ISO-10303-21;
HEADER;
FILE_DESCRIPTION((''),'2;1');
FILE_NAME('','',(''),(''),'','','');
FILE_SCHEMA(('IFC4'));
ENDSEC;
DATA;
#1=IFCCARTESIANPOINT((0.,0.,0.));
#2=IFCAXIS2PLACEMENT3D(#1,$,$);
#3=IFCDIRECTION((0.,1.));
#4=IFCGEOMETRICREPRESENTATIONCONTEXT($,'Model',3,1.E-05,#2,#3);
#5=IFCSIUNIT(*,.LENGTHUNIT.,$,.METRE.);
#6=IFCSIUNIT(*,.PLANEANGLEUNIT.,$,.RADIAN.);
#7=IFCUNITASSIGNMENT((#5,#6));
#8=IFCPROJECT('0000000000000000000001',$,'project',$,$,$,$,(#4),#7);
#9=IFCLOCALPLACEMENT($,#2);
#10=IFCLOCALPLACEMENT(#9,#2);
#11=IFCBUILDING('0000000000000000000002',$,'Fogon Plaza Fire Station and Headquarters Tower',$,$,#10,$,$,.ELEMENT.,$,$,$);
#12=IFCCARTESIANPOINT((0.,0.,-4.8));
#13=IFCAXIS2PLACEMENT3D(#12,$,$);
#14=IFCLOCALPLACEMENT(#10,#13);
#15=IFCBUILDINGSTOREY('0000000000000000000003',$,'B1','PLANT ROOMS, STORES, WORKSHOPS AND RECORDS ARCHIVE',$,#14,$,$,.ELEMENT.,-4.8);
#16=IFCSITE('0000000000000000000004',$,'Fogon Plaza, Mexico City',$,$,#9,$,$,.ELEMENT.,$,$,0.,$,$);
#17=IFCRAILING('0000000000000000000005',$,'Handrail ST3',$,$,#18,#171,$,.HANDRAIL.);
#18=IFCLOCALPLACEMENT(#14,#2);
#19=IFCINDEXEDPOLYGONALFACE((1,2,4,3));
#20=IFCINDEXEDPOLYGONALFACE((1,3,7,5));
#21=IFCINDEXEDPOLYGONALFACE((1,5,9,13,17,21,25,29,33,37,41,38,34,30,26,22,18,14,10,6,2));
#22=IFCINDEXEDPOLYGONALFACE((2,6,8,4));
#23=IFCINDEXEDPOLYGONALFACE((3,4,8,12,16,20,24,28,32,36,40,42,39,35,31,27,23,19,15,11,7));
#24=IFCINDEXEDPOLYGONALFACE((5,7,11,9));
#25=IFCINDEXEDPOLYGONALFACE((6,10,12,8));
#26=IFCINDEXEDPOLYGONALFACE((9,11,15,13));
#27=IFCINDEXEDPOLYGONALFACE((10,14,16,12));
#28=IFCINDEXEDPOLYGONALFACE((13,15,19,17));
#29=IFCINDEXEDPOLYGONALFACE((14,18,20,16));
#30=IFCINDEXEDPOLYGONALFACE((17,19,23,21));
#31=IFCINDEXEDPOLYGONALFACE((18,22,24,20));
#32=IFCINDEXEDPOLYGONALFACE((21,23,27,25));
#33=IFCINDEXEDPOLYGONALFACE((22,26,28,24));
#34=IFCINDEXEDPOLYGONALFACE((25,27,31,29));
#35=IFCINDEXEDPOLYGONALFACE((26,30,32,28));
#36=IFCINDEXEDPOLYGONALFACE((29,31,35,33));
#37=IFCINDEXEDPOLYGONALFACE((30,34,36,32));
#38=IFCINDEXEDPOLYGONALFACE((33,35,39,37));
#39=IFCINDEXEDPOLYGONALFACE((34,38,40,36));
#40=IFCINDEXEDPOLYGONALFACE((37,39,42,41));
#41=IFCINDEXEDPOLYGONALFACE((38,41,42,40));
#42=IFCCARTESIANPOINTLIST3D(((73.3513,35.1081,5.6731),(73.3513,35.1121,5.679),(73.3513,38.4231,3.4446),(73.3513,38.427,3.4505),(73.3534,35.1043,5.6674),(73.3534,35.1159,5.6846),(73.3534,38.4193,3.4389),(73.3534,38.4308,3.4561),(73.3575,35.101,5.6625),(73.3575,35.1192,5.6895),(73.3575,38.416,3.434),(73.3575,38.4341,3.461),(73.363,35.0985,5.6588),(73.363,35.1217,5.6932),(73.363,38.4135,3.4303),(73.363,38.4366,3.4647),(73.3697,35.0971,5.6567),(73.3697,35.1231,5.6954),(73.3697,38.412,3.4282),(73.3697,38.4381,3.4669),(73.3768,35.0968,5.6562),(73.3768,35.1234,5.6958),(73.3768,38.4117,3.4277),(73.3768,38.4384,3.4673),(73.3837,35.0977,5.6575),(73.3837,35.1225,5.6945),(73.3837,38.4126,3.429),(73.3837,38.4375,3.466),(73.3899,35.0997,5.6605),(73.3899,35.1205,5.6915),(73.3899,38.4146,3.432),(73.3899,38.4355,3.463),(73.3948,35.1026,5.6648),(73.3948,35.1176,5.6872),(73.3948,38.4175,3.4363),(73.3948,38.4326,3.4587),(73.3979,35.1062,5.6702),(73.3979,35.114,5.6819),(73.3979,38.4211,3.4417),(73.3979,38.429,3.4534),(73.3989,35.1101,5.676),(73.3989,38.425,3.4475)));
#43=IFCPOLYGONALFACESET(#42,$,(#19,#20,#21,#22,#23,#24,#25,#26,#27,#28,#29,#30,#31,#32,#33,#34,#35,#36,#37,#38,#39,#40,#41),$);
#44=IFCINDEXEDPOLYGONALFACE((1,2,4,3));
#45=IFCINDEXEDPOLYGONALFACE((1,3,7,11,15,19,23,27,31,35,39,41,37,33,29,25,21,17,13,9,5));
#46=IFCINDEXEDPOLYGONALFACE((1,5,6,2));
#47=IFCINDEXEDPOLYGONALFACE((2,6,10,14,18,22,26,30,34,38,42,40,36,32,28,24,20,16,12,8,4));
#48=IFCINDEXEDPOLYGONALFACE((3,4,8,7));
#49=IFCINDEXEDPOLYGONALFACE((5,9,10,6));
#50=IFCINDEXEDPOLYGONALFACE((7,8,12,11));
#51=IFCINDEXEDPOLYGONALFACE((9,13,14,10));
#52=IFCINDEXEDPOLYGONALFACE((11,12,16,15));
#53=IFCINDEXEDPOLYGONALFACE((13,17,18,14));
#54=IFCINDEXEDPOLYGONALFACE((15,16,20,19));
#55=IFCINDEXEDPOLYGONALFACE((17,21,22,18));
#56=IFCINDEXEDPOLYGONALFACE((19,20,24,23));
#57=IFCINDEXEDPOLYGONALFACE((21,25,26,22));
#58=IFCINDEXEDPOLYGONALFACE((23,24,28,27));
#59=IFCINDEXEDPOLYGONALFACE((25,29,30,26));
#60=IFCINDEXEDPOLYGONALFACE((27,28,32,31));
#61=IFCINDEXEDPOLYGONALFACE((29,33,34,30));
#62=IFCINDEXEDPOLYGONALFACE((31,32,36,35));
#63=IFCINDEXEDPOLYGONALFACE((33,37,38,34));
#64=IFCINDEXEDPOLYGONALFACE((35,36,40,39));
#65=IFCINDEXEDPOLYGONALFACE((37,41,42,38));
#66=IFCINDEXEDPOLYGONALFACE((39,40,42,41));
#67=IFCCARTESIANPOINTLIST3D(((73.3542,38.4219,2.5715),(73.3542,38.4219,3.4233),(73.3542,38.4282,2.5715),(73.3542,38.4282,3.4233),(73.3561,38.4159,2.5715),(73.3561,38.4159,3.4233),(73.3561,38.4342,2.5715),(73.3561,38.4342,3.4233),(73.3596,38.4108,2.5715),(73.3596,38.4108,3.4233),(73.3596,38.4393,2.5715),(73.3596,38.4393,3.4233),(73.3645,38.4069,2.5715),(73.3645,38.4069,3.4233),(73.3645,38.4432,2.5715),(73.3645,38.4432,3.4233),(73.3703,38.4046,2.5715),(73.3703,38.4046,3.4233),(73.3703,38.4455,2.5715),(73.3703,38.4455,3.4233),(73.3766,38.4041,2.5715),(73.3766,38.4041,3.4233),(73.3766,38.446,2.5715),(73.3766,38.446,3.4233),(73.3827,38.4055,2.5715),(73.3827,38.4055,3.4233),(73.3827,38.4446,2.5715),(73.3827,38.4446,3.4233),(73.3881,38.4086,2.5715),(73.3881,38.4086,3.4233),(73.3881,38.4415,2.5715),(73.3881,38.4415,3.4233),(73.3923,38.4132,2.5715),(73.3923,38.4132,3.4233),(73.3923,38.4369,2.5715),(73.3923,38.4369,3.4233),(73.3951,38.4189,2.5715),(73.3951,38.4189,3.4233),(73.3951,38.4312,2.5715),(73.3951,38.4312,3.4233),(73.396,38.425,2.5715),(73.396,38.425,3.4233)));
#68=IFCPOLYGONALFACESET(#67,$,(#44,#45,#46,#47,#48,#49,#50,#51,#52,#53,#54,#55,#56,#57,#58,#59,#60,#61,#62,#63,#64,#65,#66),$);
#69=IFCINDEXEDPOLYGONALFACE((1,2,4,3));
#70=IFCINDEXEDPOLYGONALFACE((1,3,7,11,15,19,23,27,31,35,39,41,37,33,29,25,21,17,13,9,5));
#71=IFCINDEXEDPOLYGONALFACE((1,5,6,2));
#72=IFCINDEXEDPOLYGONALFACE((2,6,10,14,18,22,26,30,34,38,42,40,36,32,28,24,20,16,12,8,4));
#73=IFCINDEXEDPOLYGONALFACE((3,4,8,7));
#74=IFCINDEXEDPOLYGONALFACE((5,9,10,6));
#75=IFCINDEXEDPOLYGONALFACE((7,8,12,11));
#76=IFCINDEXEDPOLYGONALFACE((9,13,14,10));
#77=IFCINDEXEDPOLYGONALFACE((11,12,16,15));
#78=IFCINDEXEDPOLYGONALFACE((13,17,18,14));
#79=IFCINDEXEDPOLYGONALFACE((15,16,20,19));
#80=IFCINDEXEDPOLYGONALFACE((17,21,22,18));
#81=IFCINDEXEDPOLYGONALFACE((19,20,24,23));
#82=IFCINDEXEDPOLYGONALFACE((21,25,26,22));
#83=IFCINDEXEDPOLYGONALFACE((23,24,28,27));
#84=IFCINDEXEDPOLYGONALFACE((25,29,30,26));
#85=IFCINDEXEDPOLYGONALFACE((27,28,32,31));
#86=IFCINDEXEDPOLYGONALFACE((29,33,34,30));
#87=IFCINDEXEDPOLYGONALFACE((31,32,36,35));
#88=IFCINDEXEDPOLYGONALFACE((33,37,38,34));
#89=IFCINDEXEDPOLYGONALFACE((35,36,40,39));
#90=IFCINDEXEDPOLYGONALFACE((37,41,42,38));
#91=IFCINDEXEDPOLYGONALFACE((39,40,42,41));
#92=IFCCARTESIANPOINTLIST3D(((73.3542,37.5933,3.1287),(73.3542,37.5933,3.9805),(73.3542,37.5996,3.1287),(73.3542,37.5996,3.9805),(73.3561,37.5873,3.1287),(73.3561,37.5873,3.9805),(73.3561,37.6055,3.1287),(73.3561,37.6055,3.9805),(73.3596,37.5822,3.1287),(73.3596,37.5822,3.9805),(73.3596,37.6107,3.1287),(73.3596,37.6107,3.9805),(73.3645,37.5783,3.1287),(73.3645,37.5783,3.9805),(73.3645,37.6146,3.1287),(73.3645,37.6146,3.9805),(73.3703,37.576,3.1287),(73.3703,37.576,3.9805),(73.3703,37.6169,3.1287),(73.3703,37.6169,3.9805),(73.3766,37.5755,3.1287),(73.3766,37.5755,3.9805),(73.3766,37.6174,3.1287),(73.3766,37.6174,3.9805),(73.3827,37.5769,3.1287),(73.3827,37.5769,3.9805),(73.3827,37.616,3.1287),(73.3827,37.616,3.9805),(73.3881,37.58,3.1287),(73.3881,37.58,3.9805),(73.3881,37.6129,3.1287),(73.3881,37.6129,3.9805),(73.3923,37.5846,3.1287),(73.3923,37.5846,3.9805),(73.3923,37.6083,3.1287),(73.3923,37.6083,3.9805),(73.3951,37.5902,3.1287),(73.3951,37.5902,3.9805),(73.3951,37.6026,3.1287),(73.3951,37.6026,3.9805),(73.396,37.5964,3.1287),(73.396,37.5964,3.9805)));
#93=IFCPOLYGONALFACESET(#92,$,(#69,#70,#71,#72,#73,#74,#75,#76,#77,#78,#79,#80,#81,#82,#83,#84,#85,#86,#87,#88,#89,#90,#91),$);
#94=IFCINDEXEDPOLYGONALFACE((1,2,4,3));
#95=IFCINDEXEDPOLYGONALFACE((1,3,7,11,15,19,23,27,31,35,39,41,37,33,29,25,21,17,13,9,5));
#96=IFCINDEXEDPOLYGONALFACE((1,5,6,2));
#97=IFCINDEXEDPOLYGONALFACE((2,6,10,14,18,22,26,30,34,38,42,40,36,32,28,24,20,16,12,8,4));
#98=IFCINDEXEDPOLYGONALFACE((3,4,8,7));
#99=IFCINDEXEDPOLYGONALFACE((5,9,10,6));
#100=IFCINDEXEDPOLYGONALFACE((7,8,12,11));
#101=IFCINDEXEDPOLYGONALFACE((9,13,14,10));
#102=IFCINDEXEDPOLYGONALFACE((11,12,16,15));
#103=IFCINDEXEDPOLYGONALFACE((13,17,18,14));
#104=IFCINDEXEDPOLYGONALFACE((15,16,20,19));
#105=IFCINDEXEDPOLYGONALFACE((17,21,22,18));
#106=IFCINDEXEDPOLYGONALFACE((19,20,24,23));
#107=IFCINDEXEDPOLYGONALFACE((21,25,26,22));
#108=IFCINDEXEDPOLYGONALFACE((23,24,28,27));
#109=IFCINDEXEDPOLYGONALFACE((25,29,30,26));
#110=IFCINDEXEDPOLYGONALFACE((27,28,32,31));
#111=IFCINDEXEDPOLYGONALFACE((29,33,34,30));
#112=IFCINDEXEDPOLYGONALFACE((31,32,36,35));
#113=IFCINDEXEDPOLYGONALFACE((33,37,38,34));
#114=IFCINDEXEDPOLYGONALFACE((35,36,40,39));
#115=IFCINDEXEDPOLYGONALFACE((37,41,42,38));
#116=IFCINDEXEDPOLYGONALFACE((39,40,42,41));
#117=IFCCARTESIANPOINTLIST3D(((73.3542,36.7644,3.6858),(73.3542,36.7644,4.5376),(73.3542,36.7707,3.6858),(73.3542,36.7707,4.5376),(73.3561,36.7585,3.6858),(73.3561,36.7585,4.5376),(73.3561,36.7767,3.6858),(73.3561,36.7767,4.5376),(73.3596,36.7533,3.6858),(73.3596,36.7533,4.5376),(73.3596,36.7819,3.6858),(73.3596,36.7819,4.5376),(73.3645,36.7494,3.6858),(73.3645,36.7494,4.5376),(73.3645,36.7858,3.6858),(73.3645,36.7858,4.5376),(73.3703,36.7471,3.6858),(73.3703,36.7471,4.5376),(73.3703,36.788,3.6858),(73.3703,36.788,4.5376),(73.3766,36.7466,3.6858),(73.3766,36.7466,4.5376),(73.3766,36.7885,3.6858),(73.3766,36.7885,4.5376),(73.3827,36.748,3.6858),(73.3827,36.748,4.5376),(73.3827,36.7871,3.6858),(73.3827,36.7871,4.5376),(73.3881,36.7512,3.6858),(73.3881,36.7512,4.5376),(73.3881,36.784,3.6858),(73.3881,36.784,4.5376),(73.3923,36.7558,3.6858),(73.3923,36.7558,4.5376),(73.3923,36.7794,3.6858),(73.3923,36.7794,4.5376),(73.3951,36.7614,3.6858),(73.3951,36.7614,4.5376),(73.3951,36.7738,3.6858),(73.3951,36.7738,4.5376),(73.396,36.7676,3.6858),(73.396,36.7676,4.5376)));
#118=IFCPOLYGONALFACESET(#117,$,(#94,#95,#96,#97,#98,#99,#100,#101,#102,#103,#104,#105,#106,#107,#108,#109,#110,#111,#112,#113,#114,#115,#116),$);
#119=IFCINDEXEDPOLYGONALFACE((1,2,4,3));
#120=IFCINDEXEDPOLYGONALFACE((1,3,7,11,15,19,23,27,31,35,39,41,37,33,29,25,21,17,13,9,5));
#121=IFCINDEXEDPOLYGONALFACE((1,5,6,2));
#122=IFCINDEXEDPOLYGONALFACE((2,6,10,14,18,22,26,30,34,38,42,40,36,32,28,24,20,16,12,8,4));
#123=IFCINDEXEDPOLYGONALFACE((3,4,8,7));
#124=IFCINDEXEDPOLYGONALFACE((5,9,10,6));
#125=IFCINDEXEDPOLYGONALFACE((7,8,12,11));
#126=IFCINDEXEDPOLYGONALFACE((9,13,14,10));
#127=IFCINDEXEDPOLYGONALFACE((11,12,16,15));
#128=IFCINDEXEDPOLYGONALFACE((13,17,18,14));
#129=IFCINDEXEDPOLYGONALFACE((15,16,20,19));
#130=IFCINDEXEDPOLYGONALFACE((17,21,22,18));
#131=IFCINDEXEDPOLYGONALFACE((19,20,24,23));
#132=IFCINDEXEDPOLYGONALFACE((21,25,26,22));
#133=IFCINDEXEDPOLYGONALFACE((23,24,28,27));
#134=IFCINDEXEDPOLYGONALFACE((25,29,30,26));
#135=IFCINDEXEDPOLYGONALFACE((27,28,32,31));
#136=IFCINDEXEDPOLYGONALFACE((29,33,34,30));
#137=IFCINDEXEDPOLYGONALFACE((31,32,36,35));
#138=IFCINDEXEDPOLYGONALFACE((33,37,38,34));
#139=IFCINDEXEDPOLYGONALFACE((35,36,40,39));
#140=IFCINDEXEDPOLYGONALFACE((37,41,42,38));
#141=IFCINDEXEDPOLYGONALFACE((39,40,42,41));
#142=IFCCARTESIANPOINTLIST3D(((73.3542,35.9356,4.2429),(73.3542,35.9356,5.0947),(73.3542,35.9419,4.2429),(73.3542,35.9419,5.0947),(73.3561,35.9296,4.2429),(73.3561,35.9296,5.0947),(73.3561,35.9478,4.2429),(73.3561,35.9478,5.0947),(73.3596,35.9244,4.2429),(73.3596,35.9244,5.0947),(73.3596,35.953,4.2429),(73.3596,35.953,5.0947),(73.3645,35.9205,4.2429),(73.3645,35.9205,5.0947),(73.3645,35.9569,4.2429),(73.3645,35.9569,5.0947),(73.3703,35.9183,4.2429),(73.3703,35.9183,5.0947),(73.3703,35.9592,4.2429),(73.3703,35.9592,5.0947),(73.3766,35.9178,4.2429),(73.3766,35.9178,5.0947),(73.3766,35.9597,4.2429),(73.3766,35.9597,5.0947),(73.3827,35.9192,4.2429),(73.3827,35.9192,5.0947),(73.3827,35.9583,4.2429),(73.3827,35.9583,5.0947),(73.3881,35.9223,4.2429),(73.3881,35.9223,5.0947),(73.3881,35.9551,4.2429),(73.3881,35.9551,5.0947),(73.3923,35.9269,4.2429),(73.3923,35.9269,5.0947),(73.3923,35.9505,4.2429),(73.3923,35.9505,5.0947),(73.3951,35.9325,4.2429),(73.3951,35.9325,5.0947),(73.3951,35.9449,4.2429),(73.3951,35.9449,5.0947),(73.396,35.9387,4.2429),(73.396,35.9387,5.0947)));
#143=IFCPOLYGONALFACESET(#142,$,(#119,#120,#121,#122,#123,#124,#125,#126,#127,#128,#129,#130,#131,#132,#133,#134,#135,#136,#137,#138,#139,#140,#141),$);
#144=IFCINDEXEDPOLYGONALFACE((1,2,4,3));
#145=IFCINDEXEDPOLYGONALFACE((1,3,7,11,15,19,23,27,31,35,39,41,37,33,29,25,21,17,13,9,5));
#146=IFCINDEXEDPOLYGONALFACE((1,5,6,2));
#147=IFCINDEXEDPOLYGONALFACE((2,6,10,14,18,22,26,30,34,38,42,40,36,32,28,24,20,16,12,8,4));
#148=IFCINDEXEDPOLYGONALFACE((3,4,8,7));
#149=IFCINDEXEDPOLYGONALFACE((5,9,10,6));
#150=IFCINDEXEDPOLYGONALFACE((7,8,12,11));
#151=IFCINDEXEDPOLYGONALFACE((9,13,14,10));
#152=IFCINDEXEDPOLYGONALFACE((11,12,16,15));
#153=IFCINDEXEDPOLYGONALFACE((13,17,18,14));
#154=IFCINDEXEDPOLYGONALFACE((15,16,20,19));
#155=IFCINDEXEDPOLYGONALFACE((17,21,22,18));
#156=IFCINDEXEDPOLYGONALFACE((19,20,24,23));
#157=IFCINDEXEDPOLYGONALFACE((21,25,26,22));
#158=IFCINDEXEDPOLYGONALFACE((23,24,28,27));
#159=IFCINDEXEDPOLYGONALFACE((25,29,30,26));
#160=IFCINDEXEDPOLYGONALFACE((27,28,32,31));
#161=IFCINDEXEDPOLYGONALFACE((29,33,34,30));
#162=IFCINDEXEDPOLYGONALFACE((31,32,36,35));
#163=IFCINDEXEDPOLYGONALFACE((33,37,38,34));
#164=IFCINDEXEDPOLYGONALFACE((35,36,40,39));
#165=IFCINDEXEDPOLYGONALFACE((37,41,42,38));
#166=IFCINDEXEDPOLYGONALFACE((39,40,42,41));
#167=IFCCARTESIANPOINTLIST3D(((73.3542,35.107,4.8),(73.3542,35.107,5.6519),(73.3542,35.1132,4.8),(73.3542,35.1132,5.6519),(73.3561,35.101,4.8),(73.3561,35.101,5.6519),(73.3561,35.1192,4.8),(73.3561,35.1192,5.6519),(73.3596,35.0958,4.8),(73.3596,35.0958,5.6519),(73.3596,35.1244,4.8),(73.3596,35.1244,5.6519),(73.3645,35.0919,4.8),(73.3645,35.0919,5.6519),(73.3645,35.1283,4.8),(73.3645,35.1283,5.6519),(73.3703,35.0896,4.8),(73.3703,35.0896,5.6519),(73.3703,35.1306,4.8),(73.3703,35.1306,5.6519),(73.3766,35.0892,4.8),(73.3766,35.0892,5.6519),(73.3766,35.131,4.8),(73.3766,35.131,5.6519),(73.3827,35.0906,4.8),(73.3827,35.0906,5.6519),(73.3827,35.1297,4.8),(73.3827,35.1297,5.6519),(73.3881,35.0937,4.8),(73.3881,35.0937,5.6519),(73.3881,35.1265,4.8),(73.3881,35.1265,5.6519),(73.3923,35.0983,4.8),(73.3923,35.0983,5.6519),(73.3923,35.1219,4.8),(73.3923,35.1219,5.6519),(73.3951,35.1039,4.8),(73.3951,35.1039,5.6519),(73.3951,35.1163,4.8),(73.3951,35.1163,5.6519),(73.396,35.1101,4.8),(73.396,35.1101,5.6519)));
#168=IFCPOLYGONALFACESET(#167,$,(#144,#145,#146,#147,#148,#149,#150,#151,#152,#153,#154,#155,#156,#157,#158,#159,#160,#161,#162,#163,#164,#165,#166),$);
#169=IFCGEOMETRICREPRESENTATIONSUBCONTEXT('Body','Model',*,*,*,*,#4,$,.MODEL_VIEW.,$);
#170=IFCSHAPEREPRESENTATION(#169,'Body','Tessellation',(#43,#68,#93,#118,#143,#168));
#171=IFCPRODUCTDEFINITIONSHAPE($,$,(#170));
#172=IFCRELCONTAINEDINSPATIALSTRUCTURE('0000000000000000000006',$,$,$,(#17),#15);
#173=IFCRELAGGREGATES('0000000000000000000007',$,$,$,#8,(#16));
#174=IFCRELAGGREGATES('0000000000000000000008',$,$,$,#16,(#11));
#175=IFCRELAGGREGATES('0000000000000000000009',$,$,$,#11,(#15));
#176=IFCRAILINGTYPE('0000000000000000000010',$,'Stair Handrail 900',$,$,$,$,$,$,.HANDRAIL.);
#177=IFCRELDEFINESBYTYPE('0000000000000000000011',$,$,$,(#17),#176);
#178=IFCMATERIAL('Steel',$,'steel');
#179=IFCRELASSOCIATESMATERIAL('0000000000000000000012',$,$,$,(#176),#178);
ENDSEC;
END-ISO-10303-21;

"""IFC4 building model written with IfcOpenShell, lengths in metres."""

from ifc_helpers import new_model, si_unit, direction, frame, origin, origin_2d, place, context, subcontext, project, spatial, circle, extrude, material, type_object, element, save


model = new_model("IFC4")

# Units and contexts
model_context = context("Model", 3, precision=1e-05, world=origin(), true_north=direction((0.0, 1.0)))
body_context = subcontext(model_context, "Body", "Model", "MODEL_VIEW")
ifc_project = project(units=[si_unit("LENGTHUNIT", "METRE"), si_unit("PLANEANGLEUNIT", "RADIAN")], contexts=[model_context])

# Site, building, storey
site_placement = place(None, origin())
site = spatial("IfcSite", under=ifc_project, at=site_placement, Name="Fogon Plaza, Mexico City", CompositionType="ELEMENT", RefElevation=0.0)
building_placement = place(site_placement, origin())
building = spatial("IfcBuilding", under=site, at=building_placement, Name="Fogon Plaza Fire Station and Headquarters Tower", CompositionType="ELEMENT")
storey_placement = place(building_placement, frame((0.0, 0.0, -4.8)))
storey = spatial("IfcBuildingStorey", under=building, at=storey_placement, Name="B1", Description="PLANT ROOMS, STORES, WORKSHOPS AND RECORDS ARCHIVE", CompositionType="ELEMENT", Elevation=-4.8)

# Railing
ifc_material_1 = material(Name="Steel", Category="steel")
railing_type = type_object("IfcRailingType", Name="Stair Handrail 900", PredefinedType="HANDRAIL", material=ifc_material_1)
for number, where, name in (
    (1, (73.375, 38.425, 2.5715), "Handrail ST3"),
):
    element("IfcRailing", number, at=place(storey_placement, frame(where)), inside=storey, type_object=railing_type, Name=name, PredefinedType="HANDRAIL", context=body_context, shape_type="SweptSolid", body=[
        extrude(circle(Radius=0.0239, at=origin_2d()), frame((0.0, 0.0, 0.876), z_axis=(0.0, -0.8299, 0.557912), x_axis=(1.0, 0.0, 0.0)), (0.0, 0.0, 1.0), 3.9944),
        extrude(circle(Radius=0.021, at=origin_2d()), origin(), (0.0, 0.0, 1.0), 0.8518),
        extrude(circle(Radius=0.021, at=origin_2d()), frame((0.0, -0.8286, 0.5571)), (0.0, 0.0, 1.0), 0.8518),
        extrude(circle(Radius=0.021, at=origin_2d()), frame((0.0, -1.6575, 1.1143)), (0.0, 0.0, 1.0), 0.8518),
        extrude(circle(Radius=0.021, at=origin_2d()), frame((0.0, -2.4863, 1.6714)), (0.0, 0.0, 1.0), 0.8518),
        extrude(circle(Radius=0.021, at=origin_2d()), frame((0.0, -3.3149, 2.2285)), (0.0, 0.0, 1.0), 0.8518),
    ])

save(model, "model.ifc")
